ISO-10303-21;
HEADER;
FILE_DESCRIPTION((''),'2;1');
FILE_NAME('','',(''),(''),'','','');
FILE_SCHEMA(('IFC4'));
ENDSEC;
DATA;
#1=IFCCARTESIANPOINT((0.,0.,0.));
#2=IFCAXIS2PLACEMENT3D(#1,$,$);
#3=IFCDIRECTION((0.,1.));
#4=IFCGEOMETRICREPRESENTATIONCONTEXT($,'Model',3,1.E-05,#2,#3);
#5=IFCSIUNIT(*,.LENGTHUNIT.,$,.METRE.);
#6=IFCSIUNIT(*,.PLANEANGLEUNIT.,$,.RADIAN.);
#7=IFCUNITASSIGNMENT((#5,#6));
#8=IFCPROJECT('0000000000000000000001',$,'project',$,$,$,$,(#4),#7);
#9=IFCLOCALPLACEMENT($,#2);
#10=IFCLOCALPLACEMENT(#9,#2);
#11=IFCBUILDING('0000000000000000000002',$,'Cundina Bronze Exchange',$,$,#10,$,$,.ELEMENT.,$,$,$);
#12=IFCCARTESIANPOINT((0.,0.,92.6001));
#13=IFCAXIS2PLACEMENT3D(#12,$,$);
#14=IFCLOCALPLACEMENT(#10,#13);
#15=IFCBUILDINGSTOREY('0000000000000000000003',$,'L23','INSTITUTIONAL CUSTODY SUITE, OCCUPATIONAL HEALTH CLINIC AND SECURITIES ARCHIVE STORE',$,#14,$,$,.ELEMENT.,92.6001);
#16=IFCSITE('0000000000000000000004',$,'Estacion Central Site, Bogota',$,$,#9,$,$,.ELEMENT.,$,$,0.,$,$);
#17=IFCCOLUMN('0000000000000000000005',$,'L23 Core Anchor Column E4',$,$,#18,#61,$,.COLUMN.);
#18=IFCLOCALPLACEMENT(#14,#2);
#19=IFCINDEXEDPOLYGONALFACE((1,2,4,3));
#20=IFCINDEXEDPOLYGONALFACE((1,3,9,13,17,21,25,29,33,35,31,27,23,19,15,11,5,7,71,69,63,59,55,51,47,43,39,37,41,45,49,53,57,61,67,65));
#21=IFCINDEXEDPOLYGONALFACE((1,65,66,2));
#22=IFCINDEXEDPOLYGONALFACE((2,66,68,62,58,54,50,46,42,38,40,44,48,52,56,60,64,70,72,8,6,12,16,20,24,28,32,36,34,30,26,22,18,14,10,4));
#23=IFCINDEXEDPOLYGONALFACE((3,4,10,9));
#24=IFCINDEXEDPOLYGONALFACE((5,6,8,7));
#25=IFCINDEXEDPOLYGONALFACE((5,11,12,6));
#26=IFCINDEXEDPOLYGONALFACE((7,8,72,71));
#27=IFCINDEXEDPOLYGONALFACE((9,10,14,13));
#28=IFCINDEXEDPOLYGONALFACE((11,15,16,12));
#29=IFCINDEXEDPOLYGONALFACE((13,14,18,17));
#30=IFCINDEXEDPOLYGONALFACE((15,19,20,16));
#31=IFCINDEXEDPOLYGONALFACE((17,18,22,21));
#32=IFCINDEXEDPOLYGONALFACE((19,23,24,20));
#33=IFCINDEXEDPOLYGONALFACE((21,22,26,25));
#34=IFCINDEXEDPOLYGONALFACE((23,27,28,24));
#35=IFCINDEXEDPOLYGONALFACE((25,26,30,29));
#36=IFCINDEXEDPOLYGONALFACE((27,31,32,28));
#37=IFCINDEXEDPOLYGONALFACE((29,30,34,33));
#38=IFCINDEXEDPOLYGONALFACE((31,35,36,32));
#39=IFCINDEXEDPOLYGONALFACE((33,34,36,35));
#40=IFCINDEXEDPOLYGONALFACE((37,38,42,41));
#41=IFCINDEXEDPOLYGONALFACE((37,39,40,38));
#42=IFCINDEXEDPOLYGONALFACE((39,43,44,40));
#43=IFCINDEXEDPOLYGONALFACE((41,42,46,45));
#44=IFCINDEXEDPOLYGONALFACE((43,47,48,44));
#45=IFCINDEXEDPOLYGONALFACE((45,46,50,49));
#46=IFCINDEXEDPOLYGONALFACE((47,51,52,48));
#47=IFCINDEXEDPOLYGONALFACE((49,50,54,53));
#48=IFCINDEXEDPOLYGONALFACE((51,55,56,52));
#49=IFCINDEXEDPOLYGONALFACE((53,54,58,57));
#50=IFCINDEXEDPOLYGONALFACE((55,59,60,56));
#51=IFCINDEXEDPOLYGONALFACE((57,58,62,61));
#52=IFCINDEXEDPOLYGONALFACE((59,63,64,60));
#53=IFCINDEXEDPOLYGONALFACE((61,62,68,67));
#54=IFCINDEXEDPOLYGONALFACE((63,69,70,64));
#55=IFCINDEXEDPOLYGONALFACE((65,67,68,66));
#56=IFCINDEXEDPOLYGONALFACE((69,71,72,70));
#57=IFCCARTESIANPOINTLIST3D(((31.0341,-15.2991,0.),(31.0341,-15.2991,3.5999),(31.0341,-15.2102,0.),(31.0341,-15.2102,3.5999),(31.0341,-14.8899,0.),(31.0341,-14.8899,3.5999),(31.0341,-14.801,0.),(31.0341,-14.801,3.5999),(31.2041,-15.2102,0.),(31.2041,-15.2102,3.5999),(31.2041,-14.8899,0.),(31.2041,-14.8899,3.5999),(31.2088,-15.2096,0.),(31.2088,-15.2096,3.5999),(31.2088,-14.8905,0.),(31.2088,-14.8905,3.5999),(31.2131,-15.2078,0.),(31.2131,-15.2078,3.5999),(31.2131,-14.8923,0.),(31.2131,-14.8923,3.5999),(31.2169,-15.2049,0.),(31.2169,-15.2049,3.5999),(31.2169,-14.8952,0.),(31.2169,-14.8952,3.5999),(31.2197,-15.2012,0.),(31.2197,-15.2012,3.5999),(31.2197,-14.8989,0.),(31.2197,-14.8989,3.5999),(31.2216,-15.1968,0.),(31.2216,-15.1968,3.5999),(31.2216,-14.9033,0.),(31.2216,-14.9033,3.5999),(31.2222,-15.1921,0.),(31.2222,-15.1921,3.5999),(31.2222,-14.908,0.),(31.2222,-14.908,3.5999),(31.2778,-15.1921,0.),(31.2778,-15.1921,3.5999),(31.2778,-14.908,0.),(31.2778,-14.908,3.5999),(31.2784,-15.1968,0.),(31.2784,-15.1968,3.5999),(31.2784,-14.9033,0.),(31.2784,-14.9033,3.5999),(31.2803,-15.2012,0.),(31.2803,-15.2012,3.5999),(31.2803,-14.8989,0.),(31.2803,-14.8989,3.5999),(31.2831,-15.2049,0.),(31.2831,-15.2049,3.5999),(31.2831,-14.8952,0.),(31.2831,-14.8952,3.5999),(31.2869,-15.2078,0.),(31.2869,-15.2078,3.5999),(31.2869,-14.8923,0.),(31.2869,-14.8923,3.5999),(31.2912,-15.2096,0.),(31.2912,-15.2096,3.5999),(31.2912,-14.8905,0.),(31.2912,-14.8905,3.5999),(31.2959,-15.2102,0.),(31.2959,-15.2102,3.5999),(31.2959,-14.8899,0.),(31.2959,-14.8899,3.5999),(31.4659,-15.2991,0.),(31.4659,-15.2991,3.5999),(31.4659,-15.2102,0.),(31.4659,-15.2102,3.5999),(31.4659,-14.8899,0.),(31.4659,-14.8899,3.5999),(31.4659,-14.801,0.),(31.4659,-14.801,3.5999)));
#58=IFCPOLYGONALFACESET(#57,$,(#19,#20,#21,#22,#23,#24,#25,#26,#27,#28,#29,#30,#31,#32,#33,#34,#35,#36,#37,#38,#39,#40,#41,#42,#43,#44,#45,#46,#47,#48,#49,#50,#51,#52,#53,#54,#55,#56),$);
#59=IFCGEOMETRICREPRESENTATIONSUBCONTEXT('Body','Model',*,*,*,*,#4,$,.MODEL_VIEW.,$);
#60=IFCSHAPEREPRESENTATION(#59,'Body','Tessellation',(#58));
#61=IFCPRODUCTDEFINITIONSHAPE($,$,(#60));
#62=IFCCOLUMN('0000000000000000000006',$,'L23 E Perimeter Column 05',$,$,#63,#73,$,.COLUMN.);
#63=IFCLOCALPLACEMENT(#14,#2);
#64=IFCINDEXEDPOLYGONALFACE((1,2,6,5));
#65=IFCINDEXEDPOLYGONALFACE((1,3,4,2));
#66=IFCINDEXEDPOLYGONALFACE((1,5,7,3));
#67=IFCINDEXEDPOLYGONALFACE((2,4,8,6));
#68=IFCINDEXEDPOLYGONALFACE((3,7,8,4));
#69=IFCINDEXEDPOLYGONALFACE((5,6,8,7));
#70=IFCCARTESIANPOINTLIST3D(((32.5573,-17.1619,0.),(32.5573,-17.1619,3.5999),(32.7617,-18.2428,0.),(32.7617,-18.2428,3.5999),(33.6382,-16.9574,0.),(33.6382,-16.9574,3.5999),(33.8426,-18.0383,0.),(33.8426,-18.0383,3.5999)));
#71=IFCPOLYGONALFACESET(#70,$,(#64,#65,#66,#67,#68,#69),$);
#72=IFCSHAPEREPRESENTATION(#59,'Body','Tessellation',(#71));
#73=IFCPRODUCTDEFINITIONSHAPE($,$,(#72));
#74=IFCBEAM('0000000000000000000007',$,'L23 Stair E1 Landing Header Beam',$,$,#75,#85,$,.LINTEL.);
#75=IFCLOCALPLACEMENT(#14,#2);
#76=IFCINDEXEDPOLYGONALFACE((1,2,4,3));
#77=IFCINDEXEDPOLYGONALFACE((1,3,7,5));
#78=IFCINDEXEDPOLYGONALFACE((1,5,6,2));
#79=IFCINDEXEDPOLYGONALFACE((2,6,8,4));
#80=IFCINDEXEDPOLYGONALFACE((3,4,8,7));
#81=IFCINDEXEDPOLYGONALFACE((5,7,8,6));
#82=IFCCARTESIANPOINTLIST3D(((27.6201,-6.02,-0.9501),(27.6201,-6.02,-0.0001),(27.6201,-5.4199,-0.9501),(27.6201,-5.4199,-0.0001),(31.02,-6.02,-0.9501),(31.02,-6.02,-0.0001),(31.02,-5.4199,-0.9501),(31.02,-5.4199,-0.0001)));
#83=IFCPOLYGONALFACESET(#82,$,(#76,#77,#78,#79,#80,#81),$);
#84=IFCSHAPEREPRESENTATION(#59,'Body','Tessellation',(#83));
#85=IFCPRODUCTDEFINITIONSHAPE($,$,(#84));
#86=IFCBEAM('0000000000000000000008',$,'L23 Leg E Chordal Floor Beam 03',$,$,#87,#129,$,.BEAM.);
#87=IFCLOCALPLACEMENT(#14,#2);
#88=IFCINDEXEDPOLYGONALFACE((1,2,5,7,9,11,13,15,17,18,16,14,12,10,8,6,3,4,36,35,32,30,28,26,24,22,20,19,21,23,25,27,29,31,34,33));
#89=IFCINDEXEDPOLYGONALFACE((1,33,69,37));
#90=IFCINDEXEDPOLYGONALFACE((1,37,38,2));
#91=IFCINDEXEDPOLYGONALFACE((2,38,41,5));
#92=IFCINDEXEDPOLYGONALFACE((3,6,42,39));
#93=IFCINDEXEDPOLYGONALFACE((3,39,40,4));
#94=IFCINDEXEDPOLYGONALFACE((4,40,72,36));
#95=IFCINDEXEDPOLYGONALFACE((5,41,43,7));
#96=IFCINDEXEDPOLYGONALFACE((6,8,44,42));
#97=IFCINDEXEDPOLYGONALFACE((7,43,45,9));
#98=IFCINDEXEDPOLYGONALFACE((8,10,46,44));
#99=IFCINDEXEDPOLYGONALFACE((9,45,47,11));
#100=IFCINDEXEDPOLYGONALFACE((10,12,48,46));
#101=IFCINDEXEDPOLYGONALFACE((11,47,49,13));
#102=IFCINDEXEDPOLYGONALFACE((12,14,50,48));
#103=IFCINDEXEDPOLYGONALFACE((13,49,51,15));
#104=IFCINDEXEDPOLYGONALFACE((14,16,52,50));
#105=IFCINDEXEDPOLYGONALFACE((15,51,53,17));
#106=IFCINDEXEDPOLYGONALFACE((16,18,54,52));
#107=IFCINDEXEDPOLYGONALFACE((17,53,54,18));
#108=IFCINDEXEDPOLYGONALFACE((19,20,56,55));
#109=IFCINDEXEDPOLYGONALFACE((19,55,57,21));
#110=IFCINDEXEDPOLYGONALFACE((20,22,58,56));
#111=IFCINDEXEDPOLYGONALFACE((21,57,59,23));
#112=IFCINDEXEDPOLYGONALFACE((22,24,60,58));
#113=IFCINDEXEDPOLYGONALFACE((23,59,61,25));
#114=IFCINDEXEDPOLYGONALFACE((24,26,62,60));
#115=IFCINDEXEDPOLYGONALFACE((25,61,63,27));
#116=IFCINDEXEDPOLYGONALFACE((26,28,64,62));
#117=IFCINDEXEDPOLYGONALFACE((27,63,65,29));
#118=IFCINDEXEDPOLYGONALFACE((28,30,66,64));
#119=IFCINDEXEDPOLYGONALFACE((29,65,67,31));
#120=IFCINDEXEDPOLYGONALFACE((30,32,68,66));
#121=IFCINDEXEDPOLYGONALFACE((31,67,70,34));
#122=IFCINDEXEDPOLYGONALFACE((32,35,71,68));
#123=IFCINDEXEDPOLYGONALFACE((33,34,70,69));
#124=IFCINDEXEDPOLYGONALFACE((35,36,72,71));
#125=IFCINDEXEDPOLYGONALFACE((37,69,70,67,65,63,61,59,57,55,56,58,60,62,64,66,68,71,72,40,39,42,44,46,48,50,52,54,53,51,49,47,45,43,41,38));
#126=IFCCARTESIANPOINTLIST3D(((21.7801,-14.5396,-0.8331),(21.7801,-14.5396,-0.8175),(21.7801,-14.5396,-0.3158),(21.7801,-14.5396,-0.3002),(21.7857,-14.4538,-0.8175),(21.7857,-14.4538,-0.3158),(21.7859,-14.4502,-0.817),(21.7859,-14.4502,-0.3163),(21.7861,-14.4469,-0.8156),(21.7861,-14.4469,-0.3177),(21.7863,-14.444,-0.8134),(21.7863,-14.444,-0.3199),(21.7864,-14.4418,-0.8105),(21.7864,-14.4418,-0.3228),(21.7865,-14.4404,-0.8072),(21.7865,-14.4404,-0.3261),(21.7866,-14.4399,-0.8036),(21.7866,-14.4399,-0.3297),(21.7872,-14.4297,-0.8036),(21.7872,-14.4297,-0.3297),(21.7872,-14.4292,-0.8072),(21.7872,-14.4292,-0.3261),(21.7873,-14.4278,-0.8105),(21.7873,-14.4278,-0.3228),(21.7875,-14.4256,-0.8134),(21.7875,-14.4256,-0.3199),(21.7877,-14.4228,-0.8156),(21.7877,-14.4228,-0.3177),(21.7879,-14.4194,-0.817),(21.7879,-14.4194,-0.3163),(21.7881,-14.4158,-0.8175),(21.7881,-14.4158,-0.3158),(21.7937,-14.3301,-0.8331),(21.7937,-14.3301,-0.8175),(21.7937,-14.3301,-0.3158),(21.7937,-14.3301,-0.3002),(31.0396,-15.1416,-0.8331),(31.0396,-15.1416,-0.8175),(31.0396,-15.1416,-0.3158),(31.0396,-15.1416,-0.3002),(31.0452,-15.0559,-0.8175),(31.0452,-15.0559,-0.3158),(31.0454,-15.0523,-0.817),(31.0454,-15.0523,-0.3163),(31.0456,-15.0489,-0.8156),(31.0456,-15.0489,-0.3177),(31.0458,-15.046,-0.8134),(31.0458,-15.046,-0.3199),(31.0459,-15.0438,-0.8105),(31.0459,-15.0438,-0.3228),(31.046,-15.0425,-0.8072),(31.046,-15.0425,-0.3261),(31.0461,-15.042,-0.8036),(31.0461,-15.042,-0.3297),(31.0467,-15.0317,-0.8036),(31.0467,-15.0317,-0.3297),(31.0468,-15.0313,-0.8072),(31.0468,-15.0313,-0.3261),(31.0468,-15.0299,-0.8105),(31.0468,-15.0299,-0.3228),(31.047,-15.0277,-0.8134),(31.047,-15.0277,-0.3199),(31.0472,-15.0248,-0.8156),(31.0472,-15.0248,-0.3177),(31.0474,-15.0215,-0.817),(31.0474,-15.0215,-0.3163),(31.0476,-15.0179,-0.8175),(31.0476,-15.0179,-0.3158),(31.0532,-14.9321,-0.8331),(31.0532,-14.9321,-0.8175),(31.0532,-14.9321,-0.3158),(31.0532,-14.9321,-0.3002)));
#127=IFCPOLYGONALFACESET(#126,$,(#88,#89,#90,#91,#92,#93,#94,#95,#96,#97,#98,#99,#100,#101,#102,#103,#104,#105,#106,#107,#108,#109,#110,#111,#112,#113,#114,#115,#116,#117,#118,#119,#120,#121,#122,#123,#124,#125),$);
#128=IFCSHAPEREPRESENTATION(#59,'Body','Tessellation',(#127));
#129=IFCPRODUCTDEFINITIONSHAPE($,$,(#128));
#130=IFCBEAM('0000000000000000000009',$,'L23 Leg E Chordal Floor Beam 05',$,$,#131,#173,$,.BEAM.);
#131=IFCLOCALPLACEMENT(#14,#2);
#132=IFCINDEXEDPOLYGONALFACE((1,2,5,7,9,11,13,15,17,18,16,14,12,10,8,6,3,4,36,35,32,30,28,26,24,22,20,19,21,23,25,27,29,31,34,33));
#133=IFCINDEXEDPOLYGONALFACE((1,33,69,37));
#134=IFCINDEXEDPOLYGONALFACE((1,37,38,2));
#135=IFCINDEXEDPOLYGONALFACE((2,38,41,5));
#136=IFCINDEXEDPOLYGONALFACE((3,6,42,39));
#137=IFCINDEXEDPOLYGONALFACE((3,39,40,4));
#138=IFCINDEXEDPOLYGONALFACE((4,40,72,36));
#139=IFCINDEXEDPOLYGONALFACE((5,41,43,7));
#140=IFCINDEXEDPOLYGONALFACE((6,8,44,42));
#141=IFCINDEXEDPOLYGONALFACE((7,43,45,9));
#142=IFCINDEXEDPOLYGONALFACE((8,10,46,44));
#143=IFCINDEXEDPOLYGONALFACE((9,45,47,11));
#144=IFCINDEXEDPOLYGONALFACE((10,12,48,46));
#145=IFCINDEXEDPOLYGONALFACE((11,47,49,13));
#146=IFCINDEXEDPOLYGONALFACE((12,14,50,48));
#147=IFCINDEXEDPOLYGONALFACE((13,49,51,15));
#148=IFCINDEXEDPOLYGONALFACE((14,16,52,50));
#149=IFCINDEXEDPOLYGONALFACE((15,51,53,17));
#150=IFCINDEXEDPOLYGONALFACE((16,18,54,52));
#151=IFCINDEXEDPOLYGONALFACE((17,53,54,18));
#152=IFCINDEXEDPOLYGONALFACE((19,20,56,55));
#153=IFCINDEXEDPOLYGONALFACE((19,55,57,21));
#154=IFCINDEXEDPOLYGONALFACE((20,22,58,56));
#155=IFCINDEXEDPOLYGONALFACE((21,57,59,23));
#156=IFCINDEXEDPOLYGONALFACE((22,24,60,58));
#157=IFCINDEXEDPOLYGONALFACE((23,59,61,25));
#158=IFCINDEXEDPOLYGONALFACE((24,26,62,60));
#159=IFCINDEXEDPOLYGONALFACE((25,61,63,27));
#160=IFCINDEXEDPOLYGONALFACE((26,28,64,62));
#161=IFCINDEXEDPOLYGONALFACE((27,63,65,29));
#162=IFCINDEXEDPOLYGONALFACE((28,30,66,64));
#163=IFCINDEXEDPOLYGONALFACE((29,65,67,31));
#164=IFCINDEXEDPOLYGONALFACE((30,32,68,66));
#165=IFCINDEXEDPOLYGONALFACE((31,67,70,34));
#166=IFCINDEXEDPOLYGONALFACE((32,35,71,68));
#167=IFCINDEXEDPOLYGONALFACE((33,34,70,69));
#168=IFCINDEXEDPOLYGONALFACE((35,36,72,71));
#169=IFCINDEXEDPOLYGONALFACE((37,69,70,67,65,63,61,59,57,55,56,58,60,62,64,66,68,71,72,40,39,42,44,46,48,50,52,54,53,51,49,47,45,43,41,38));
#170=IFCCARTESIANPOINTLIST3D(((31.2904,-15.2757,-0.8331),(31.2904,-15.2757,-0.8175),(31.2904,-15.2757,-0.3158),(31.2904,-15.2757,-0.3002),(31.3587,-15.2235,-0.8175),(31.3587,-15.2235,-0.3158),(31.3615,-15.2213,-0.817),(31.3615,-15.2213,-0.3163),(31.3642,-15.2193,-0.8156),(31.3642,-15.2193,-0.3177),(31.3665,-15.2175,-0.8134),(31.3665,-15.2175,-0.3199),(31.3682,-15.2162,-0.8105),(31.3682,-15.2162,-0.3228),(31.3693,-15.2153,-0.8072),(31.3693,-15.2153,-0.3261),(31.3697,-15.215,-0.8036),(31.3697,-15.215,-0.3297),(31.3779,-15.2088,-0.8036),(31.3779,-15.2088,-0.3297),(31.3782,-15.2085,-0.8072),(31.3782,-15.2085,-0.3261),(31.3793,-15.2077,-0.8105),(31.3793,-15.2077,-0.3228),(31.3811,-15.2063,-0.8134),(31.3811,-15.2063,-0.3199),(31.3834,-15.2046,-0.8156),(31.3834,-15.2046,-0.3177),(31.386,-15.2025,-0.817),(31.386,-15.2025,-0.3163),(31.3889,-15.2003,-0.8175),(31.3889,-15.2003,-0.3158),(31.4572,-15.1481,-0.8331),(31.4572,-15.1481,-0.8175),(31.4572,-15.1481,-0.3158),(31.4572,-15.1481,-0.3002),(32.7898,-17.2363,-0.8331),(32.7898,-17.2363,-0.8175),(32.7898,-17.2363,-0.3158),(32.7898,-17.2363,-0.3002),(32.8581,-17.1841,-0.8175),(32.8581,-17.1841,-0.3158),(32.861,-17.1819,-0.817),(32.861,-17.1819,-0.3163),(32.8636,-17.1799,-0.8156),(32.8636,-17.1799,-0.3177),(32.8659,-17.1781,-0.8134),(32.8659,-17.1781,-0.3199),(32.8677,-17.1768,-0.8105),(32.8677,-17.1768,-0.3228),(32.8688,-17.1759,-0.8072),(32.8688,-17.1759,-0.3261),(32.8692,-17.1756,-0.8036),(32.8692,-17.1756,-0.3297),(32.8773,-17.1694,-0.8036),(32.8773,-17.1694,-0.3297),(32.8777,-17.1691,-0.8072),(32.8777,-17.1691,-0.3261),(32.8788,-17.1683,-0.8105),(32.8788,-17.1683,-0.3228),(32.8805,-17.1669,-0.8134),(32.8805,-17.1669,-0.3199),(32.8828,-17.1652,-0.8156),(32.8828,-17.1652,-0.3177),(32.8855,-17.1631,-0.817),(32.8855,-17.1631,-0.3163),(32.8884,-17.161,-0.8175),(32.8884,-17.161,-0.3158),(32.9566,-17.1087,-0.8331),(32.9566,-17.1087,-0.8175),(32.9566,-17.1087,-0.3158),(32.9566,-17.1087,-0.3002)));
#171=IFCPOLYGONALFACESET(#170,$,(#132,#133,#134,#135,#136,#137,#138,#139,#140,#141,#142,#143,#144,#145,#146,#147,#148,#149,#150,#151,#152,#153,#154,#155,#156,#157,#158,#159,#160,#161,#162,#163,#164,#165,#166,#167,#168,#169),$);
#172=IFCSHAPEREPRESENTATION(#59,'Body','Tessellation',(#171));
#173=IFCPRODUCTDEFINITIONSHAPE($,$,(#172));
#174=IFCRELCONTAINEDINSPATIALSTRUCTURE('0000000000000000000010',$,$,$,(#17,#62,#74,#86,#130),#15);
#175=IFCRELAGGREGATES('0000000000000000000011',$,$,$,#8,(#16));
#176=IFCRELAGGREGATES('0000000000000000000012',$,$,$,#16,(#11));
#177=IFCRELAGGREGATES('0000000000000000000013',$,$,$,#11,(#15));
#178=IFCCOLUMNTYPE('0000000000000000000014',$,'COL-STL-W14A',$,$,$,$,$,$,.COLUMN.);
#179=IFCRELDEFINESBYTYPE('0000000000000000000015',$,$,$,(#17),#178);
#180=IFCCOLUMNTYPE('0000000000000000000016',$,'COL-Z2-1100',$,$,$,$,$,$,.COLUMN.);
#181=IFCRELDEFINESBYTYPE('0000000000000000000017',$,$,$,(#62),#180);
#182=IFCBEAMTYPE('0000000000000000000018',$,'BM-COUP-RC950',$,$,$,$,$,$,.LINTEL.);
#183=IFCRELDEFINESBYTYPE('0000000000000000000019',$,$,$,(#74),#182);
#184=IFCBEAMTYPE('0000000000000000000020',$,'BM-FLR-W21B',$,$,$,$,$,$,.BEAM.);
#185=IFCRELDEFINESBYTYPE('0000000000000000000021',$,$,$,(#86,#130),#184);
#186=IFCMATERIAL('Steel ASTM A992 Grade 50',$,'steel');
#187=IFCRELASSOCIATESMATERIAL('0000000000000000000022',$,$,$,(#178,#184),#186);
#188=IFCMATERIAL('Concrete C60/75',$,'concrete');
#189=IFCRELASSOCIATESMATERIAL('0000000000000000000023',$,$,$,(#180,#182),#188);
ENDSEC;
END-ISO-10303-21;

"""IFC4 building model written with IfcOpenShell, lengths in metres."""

from ifc_helpers import new_model, si_unit, direction, frame, origin, origin_2d, place, context, subcontext, project, spatial, rectangle, i_section, extrude, material, material_profile, profile_set, type_object, element, save


model = new_model("IFC4")

# Units and contexts
model_context = context("Model", 3, precision=1e-05, world=origin(), true_north=direction((0.0, 1.0)))
body_context = subcontext(model_context, "Body", "Model", "MODEL_VIEW")
ifc_project = project(units=[si_unit("LENGTHUNIT", "METRE"), si_unit("PLANEANGLEUNIT", "RADIAN")], contexts=[model_context])

# Site, building, storey
site_placement = place(None, origin())
site = spatial("IfcSite", under=ifc_project, at=site_placement, Name="Estacion Central Site, Bogota", CompositionType="ELEMENT", RefElevation=0.0)
building_placement = place(site_placement, origin())
building = spatial("IfcBuilding", under=site, at=building_placement, Name="Cundina Bronze Exchange", CompositionType="ELEMENT")
storey_placement = place(building_placement, frame((0.0, 0.0, 92.6001)))
storey = spatial("IfcBuildingStorey", under=building, at=storey_placement, Name="L23", Description="INSTITUTIONAL CUSTODY SUITE, OCCUPATIONAL HEALTH CLINIC AND SECURITIES ARCHIVE STORE", CompositionType="ELEMENT", Elevation=92.6001)

# Columns
ifc_material_1 = material(Name="Steel ASTM A992 Grade 50", Category="steel")
ifc_material_profile_1 = material_profile(ifc_material_1, i_section(OverallWidth=0.4319, OverallDepth=0.498, WebThickness=0.0557, FlangeThickness=0.0889, FilletRadius=0.0181, at=origin_2d()), Name="W14X500", Category="steel")
ifc_profile_set_1 = profile_set([ifc_material_profile_1], Name="Steel ASTM A992 Grade 50")
column_type_1 = type_object("IfcColumnType", Name="COL-STL-W14A", PredefinedType="COLUMN", material=ifc_profile_set_1)
column_1_placement = place(storey_placement, frame((31.25, -15.05, 0.0), z_axis=(0.0, 0.0, 1.0), x_axis=(1.0, 0.0, 0.0)))
element("IfcColumn", 1, at=column_1_placement, inside=storey, type_object=column_type_1, Name="L23 Core Anchor Column E4", PredefinedType="COLUMN", context=body_context, shape_type="SweptSolid", body=[
    extrude(i_section(OverallWidth=0.4319, OverallDepth=0.498, WebThickness=0.0557, FlangeThickness=0.0889, FilletRadius=0.0181, at=origin_2d()), origin(), (0.0, 0.0, 1.0), 3.5999),
])
ifc_material_2 = material(Name="Concrete C60/75", Category="concrete")
ifc_material_profile_2 = material_profile(ifc_material_2, rectangle(XDim=1.1001, YDim=1.1001, at=origin_2d()), Name="RC1100X1100", Category="concrete")
ifc_profile_set_2 = profile_set([ifc_material_profile_2], Name="Concrete C60/75")
column_type_2 = type_object("IfcColumnType", Name="COL-Z2-1100", PredefinedType="COLUMN", material=ifc_profile_set_2)
column_2_placement = place(storey_placement, frame((33.2, -17.6001, 0.0), z_axis=(0.0, 0.0, 1.0), x_axis=(0.98258, 0.185838, 0.0)))
element("IfcColumn", 2, at=column_2_placement, inside=storey, type_object=column_type_2, Name="L23 E Perimeter Column 05", PredefinedType="COLUMN", context=body_context, shape_type="SweptSolid", body=[
    extrude(rectangle(XDim=1.1001, YDim=1.1001, at=origin_2d()), origin(), (0.0, 0.0, 1.0), 3.5999),
])

# Beams
ifc_material_profile_3 = material_profile(ifc_material_2, rectangle(XDim=0.6001, YDim=0.95, at=origin_2d()), Name="RC600X950", Category="concrete")
ifc_profile_set_3 = profile_set([ifc_material_profile_3], Name="Concrete C60/75")
beam_type_1 = type_object("IfcBeamType", Name="BM-COUP-RC950", PredefinedType="LINTEL", material=ifc_profile_set_3)
beam_1_placement = place(storey_placement, frame((27.6201, -5.72, -0.4751), z_axis=(1.0, 0.0, 0.0), x_axis=(0.0, 1.0, 0.0)))
element("IfcBeam", 3, at=beam_1_placement, inside=storey, type_object=beam_type_1, Name="L23 Stair E1 Landing Header Beam", PredefinedType="LINTEL", context=body_context, shape_type="SweptSolid", body=[
    extrude(rectangle(XDim=0.6001, YDim=0.95, at=origin_2d()), origin(), (0.0, 0.0, 1.0), 3.3999),
])
ifc_material_profile_4 = material_profile(ifc_material_1, i_section(OverallWidth=0.21, OverallDepth=0.533, WebThickness=0.0103, FlangeThickness=0.0156, FilletRadius=0.0139, at=origin_2d()), Name="W21X62", Category="steel")
ifc_profile_set_4 = profile_set([ifc_material_profile_4], Name="Steel ASTM A992 Grade 50")
beam_type_2 = type_object("IfcBeamType", Name="BM-FLR-W21B", PredefinedType="BEAM", material=ifc_profile_set_4)
beam_2_placement = place(storey_placement, frame((31.0464, -15.0369, -0.5667), z_axis=(-0.997893, 0.064883, 0.0), x_axis=(-0.064883, -0.997893, 0.0)))
element("IfcBeam", 4, at=beam_2_placement, inside=storey, type_object=beam_type_2, Name="L23 Leg E Chordal Floor Beam 03", PredefinedType="BEAM", context=body_context, shape_type="SweptSolid", body=[
    extrude(i_section(OverallWidth=0.21, OverallDepth=0.533, WebThickness=0.0103, FlangeThickness=0.0156, FilletRadius=0.0139, at=origin_2d()), origin(), (0.0, 0.0, 1.0), 9.2791),
])
beam_3_placement = place(storey_placement, frame((31.3738, -15.2119, -0.5667), z_axis=(0.60749, -0.794327, 0.0), x_axis=(0.794327, 0.60749, 0.0)))
element("IfcBeam", 5, at=beam_3_placement, inside=storey, type_object=beam_type_2, Name="L23 Leg E Chordal Floor Beam 05", PredefinedType="BEAM", context=body_context, shape_type="SweptSolid", body=[
    extrude(i_section(OverallWidth=0.21, OverallDepth=0.533, WebThickness=0.0103, FlangeThickness=0.0156, FilletRadius=0.0139, at=origin_2d()), origin(), (0.0, 0.0, 1.0), 2.4683),
])

save(model, "model.ifc")
